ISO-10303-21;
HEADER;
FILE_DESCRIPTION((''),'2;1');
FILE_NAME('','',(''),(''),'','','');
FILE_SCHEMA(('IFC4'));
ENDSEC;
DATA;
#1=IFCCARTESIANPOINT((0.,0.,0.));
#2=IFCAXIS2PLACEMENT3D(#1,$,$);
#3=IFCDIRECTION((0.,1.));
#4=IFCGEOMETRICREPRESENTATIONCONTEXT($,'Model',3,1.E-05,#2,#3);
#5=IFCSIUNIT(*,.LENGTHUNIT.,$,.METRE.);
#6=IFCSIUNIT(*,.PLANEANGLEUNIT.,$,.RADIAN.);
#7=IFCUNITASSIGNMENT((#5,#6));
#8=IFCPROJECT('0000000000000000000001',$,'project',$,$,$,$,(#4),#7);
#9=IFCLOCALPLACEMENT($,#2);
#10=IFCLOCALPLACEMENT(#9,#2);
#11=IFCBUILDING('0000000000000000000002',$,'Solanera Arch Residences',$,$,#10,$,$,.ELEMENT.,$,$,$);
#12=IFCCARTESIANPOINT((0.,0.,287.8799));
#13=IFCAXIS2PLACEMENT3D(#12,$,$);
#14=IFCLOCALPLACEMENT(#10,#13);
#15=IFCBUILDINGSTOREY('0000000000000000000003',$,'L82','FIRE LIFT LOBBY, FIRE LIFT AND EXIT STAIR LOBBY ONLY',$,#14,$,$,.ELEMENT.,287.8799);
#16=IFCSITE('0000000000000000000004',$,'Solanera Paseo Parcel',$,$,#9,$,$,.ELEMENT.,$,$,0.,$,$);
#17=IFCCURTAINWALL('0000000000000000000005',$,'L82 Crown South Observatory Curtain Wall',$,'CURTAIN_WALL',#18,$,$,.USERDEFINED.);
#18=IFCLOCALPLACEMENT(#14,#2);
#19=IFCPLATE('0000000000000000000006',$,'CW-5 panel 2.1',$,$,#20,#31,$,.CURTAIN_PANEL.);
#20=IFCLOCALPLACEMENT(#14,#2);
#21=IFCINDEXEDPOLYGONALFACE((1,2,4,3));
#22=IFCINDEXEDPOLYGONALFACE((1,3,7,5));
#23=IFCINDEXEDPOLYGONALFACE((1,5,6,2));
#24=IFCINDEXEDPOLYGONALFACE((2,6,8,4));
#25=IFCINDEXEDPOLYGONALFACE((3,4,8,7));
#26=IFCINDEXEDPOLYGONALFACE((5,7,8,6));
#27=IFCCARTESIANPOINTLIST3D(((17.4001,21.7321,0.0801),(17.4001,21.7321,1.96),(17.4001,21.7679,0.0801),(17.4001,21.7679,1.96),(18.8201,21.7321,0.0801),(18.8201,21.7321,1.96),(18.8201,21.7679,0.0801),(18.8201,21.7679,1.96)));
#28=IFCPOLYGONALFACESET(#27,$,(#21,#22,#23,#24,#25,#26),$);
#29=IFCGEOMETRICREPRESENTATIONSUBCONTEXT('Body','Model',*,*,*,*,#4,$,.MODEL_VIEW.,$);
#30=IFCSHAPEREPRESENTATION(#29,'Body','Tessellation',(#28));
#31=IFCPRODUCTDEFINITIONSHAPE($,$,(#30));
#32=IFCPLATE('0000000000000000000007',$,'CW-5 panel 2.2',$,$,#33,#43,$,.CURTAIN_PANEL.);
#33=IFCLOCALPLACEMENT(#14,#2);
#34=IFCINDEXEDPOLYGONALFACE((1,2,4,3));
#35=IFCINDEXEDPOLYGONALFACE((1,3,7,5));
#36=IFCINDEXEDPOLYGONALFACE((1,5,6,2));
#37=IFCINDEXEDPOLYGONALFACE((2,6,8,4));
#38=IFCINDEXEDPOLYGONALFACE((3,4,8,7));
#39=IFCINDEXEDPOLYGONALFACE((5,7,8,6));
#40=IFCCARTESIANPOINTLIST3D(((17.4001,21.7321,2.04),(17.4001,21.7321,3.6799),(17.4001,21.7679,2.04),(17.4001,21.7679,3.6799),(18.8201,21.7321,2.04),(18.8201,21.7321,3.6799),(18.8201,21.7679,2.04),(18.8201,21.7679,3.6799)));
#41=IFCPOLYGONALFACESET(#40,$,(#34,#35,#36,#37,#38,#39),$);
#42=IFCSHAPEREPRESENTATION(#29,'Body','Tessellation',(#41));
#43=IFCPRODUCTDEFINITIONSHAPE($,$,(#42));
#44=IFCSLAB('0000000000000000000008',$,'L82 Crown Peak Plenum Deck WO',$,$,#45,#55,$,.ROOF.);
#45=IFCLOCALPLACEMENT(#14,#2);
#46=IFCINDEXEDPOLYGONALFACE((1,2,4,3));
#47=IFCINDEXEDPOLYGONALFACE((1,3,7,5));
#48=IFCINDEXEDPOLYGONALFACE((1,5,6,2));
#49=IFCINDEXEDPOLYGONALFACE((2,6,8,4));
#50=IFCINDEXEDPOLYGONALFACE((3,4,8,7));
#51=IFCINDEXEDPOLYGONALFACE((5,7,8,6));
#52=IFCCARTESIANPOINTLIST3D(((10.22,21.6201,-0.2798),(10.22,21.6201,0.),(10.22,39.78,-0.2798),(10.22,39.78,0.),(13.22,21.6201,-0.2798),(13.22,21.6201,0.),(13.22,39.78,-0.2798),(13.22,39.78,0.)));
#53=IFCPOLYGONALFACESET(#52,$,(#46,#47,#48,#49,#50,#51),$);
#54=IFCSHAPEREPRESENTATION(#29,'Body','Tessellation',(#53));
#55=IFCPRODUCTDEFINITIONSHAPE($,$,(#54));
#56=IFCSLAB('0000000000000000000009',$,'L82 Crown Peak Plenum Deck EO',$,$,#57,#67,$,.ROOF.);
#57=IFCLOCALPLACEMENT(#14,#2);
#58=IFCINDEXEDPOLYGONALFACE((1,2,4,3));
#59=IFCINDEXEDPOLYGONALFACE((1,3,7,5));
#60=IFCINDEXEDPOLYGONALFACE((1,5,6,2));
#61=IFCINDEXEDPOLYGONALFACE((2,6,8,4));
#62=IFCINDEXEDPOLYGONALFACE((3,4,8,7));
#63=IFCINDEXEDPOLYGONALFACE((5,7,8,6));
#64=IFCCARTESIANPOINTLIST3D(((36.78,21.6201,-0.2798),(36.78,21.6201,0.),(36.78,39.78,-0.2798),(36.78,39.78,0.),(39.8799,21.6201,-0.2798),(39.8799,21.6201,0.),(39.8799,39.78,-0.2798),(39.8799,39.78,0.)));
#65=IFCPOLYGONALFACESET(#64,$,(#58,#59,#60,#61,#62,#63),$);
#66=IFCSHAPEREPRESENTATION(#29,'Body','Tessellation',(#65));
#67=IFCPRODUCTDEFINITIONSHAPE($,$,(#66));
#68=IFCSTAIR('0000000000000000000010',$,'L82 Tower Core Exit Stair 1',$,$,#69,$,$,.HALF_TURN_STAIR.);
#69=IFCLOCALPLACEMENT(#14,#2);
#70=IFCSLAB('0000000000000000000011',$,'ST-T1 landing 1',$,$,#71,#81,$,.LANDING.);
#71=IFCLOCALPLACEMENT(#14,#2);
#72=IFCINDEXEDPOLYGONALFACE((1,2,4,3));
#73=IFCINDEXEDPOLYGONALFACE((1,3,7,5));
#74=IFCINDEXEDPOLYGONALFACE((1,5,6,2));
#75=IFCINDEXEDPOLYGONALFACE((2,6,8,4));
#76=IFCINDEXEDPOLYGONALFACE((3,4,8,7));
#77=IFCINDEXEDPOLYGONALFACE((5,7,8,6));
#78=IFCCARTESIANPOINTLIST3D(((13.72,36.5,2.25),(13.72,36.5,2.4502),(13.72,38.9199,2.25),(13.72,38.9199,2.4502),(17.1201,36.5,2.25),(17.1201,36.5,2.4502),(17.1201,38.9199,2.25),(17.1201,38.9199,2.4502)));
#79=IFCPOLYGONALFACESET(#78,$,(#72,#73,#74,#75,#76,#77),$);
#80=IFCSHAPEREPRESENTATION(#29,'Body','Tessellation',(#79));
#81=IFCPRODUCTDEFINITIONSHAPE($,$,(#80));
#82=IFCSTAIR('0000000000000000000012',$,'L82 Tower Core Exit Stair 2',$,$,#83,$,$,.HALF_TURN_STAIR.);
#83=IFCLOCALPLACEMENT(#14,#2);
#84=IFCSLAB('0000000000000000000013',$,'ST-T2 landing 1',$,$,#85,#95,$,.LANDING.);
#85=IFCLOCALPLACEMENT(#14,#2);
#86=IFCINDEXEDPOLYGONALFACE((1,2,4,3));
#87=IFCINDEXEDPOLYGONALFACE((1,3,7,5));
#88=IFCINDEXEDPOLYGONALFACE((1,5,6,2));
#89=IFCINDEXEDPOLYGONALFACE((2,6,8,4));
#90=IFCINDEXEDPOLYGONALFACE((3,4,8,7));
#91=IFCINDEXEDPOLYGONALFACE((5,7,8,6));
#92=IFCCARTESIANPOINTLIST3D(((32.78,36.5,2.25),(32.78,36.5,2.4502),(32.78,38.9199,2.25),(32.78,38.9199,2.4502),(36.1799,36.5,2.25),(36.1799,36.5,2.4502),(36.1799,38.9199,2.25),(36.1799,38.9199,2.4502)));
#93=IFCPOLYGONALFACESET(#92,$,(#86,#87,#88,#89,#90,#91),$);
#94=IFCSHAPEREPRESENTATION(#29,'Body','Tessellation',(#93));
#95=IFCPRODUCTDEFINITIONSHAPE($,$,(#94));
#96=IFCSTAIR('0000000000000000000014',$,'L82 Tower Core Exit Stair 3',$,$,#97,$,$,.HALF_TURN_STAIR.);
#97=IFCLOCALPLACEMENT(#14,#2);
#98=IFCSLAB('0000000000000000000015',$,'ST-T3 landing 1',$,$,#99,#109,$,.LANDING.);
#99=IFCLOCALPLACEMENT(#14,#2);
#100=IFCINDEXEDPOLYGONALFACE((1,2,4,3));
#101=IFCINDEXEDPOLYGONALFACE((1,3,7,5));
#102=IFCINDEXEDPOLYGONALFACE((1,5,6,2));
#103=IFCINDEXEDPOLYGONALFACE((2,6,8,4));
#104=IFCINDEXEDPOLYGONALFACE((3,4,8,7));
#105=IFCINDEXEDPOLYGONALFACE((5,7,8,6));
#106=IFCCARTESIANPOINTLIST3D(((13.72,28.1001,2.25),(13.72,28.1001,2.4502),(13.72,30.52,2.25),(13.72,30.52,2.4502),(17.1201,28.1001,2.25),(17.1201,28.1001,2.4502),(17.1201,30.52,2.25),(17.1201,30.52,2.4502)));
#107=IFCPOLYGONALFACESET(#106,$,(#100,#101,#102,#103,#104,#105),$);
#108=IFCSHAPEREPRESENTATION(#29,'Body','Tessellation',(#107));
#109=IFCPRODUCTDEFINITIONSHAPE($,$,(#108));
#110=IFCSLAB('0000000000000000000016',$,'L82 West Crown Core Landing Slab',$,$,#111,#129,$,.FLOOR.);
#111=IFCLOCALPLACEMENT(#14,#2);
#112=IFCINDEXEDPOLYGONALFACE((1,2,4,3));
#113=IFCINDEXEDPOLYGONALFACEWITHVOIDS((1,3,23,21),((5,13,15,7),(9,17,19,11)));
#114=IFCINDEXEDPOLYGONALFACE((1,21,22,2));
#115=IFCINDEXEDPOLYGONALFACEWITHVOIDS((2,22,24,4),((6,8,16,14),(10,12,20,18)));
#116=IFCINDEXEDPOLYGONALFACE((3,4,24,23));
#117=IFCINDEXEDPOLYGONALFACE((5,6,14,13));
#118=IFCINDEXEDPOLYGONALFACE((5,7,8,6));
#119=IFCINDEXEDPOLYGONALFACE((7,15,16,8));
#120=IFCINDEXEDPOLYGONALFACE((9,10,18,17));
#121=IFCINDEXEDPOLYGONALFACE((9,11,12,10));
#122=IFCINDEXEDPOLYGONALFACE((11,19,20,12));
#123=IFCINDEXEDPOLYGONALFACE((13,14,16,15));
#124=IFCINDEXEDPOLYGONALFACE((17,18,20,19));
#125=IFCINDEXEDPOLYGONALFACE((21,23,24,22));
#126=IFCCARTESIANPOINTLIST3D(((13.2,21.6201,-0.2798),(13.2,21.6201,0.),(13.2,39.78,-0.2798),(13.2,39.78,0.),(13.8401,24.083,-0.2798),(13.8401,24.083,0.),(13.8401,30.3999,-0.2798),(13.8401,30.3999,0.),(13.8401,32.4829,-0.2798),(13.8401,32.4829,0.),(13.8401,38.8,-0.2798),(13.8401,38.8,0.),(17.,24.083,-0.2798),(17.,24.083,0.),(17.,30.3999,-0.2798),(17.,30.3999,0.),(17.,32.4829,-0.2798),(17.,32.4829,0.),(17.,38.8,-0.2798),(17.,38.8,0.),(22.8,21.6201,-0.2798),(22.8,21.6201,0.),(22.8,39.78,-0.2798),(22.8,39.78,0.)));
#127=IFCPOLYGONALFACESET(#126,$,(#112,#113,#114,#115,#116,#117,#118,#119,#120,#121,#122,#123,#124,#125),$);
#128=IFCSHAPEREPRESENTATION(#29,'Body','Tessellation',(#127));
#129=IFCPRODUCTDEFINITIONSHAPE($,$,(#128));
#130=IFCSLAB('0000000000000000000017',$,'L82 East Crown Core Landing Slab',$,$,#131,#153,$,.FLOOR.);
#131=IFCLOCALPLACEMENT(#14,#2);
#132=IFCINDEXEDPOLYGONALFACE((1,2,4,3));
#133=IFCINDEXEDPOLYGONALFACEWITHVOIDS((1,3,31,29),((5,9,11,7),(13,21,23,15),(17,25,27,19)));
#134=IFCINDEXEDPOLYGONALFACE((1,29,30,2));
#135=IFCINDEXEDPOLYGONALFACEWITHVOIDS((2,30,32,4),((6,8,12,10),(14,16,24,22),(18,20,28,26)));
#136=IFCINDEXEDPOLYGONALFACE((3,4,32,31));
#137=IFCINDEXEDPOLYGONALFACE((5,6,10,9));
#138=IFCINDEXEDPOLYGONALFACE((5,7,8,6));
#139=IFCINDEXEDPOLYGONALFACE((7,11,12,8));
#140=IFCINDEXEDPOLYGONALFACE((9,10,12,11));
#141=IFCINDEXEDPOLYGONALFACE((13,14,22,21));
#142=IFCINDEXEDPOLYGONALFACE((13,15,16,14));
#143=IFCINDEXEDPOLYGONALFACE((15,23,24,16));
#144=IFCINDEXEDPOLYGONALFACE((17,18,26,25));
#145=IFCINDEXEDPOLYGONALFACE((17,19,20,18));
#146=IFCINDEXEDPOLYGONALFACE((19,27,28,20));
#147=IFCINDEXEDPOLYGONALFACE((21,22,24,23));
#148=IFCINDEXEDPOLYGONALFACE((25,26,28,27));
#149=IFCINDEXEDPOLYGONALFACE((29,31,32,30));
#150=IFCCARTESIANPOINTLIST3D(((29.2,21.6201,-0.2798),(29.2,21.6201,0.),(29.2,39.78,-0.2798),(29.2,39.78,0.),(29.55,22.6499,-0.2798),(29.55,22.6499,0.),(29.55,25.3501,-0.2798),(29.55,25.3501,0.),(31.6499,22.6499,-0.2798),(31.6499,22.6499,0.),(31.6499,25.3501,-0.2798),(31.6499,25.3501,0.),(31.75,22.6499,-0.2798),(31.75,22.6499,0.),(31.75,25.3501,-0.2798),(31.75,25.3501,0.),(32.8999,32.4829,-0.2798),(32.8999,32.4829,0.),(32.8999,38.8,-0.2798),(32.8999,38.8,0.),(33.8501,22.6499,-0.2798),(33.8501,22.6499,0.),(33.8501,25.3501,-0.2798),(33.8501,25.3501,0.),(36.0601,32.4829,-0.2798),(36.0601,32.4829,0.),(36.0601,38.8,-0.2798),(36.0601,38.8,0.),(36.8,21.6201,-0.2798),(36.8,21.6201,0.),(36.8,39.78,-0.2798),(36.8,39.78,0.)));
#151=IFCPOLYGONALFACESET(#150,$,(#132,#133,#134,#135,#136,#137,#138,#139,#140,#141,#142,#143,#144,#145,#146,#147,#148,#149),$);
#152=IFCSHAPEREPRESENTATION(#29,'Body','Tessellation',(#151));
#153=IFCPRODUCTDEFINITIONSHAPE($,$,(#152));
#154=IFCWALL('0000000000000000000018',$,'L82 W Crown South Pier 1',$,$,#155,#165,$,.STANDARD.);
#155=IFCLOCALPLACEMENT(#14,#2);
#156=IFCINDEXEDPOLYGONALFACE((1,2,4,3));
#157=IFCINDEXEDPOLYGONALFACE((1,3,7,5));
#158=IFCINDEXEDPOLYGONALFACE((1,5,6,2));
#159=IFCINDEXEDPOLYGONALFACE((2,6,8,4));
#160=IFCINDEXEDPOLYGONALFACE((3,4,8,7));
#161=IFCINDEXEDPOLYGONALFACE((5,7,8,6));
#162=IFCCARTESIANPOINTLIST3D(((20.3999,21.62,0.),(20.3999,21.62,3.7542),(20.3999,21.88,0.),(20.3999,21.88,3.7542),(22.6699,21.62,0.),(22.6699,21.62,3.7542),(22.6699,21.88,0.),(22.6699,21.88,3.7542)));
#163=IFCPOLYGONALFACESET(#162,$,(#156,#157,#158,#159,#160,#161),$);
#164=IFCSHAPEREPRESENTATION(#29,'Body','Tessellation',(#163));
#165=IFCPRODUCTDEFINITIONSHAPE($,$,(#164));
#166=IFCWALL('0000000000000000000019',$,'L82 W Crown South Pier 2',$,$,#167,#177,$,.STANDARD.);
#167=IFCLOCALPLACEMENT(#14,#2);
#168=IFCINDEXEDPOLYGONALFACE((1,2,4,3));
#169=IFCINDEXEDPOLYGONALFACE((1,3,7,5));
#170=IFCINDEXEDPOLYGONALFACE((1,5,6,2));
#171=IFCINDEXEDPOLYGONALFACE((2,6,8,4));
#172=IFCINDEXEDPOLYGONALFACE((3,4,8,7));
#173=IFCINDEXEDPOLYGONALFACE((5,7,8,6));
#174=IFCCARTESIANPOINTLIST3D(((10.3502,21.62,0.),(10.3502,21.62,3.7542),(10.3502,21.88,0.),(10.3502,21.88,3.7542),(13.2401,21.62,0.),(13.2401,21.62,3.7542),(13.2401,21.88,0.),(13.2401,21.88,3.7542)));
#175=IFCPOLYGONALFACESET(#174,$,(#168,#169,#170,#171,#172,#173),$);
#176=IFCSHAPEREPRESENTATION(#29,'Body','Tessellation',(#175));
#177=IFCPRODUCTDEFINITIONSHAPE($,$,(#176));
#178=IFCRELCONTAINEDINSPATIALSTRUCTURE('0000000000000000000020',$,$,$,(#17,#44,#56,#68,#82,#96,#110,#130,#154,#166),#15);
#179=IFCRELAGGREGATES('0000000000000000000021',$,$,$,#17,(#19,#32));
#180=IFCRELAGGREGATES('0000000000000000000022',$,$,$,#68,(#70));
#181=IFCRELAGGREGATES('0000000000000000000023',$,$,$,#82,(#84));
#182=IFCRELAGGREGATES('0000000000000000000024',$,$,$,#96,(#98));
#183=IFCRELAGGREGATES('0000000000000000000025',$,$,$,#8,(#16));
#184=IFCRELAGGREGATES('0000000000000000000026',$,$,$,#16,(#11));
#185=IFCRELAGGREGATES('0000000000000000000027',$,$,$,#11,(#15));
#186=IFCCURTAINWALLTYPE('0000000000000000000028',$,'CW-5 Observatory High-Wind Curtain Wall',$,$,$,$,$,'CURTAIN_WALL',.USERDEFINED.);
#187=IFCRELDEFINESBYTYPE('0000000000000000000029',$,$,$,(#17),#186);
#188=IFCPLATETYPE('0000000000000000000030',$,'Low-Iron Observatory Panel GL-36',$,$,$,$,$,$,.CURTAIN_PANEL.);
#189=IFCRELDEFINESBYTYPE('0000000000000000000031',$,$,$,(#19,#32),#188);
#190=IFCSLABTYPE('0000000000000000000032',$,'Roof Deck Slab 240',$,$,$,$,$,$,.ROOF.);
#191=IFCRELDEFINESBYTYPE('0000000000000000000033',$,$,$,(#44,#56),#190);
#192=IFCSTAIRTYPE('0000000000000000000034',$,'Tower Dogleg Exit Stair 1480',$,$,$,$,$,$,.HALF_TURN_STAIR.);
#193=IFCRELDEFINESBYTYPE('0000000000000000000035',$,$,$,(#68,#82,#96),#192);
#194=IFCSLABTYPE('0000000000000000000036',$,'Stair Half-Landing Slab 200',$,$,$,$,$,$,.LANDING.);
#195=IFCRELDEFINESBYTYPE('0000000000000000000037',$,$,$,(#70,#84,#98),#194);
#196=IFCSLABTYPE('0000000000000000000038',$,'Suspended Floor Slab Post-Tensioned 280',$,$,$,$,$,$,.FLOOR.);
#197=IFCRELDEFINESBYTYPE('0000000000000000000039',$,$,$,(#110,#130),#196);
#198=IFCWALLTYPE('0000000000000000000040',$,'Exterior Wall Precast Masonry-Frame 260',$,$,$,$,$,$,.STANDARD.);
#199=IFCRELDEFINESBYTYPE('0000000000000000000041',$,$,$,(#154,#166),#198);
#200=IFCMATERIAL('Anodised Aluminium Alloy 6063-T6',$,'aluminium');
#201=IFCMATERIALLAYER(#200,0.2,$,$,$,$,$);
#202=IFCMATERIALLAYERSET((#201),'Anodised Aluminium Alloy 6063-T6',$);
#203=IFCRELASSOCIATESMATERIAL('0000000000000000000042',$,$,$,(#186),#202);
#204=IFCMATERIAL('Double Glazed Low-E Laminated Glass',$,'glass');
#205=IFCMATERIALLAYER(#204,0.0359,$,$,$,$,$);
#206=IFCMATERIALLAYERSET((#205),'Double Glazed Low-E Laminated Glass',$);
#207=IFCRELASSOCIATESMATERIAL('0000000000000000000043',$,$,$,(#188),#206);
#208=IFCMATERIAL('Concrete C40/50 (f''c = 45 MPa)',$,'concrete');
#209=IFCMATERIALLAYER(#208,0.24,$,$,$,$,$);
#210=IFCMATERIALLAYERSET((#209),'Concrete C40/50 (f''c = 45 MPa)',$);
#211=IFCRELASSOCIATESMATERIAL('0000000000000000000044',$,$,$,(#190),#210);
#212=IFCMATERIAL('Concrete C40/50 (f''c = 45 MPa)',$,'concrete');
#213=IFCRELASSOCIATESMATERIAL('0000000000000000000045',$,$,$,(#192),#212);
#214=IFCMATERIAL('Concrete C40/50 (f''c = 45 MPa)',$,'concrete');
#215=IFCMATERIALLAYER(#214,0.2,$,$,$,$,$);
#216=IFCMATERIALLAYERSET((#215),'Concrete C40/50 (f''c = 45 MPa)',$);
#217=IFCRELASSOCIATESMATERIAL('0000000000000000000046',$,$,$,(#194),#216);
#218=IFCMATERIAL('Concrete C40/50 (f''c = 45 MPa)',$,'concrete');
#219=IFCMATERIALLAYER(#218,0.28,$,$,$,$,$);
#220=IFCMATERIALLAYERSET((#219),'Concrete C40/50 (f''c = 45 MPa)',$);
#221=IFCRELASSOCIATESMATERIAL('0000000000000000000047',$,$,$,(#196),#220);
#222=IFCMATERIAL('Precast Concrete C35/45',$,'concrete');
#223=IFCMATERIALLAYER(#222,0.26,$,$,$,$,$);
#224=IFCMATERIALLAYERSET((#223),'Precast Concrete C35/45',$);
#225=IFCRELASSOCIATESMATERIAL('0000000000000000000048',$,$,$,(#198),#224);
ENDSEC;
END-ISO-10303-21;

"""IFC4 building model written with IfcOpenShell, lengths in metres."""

from ifc_helpers import new_model, si_unit, direction, frame, frame_2d, origin, origin_2d, place, context, subcontext, project, spatial, polyline, rectangle, outline, extrude, material, layer, layer_set, type_object, element, aggregate, save


model = new_model("IFC4")

# Units and contexts
model_context = context("Model", 3, precision=1e-05, world=origin(), true_north=direction((0.0, 1.0)))
body_context = subcontext(model_context, "Body", "Model", "MODEL_VIEW")
ifc_project = project(units=[si_unit("LENGTHUNIT", "METRE"), si_unit("PLANEANGLEUNIT", "RADIAN")], contexts=[model_context])

# Site, building, storey
site_placement = place(None, origin())
site = spatial("IfcSite", under=ifc_project, at=site_placement, Name="Solanera Paseo Parcel", CompositionType="ELEMENT", RefElevation=0.0)
building_placement = place(site_placement, origin())
building = spatial("IfcBuilding", under=site, at=building_placement, Name="Solanera Arch Residences", CompositionType="ELEMENT")
storey_placement = place(building_placement, frame((0.0, 0.0, 287.8799)))
storey = spatial("IfcBuildingStorey", under=building, at=storey_placement, Name="L82", Description="FIRE LIFT LOBBY, FIRE LIFT AND EXIT STAIR LOBBY ONLY", CompositionType="ELEMENT", Elevation=287.8799)

# Curtain wall, plates
ifc_material_1 = material(Name="Anodised Aluminium Alloy 6063-T6", Category="aluminium")
ifc_layer_1 = layer(ifc_material_1, 0.2)
ifc_layer_set_1 = layer_set([ifc_layer_1], Name="Anodised Aluminium Alloy 6063-T6")
curtain_wall_type = type_object("IfcCurtainWallType", Name="CW-5 Observatory High-Wind Curtain Wall", ElementType="CURTAIN_WALL", PredefinedType="USERDEFINED", material=ifc_layer_set_1)
curtain_wall_placement = place(storey_placement, origin())
curtain_wall = element("IfcCurtainWall", 1, at=curtain_wall_placement, inside=storey, type_object=curtain_wall_type, Name="L82 Crown South Observatory Curtain Wall", ObjectType="CURTAIN_WALL", PredefinedType="USERDEFINED")
ifc_material_2 = material(Name="Double Glazed Low-E Laminated Glass", Category="glass")
ifc_layer_2 = layer(ifc_material_2, 0.0359)
ifc_layer_set_2 = layer_set([ifc_layer_2], Name="Double Glazed Low-E Laminated Glass")
plate_type = type_object("IfcPlateType", Name="Low-Iron Observatory Panel GL-36", PredefinedType="CURTAIN_PANEL", material=ifc_layer_set_2)
plate_1_placement = place(storey_placement, frame((18.1101, 21.75, 0.0801), z_axis=(0.0, 0.0, 1.0), x_axis=(-1.0, 0.0, 0.0)))
plate_1 = element("IfcPlate", 2, at=plate_1_placement, type_object=plate_type, Name="CW-5 panel 2.1", PredefinedType="CURTAIN_PANEL", context=body_context, shape_type="SweptSolid", body=[
    extrude(rectangle(XDim=1.4199, YDim=0.0359, at=origin_2d()), origin(), (0.0, 0.0, 1.0), 1.8799),
])
plate_2_placement = place(storey_placement, frame((18.1101, 21.75, 2.04), z_axis=(0.0, 0.0, 1.0), x_axis=(-1.0, 0.0, 0.0)))
plate_2 = element("IfcPlate", 3, at=plate_2_placement, type_object=plate_type, Name="CW-5 panel 2.2", PredefinedType="CURTAIN_PANEL", context=body_context, shape_type="SweptSolid", body=[
    extrude(rectangle(XDim=1.4199, YDim=0.0359, at=origin_2d()), origin(), (0.0, 0.0, 1.0), 1.6399),
])
aggregate(curtain_wall, [plate_1, plate_2])

# Slabs
ifc_material_3 = material(Name="Concrete C40/50 (f'c = 45 MPa)", Category="concrete")
ifc_layer_3 = layer(ifc_material_3, 0.24)
ifc_layer_set_3 = layer_set([ifc_layer_3], Name="Concrete C40/50 (f'c = 45 MPa)")
slab_type_1 = type_object("IfcSlabType", Name="Roof Deck Slab 240", PredefinedType="ROOF", material=ifc_layer_set_3)
slab_1_placement = place(storey_placement, frame((0.0, 0.0, -0.2798)))
element("IfcSlab", 4, at=slab_1_placement, inside=storey, type_object=slab_type_1, Name="L82 Crown Peak Plenum Deck WO", PredefinedType="ROOF", context=body_context, shape_type="SweptSolid", body=[
    extrude(outline(polyline([(13.22, 21.6201), (13.22, 39.78), (10.22, 39.78), (10.22, 21.6201), (13.22, 21.6201)])), origin(), (0.0, 0.0, 1.0), 0.2798),
])
slab_2_placement = place(storey_placement, frame((0.0, 0.0, -0.2798)))
element("IfcSlab", 5, at=slab_2_placement, inside=storey, type_object=slab_type_1, Name="L82 Crown Peak Plenum Deck EO", PredefinedType="ROOF", context=body_context, shape_type="SweptSolid", body=[
    extrude(outline(polyline([(39.8799, 21.6201), (39.8799, 39.78), (36.78, 39.78), (36.78, 21.6201), (39.8799, 21.6201)])), origin(), (0.0, 0.0, 1.0), 0.2798),
])

# Stairs, slabs
ifc_material_4 = material(Name="Concrete C40/50 (f'c = 45 MPa)", Category="concrete")
stair_type = type_object("IfcStairType", Name="Tower Dogleg Exit Stair 1480", PredefinedType="HALF_TURN_STAIR", material=ifc_material_4)
stair_1_placement = place(storey_placement, origin())
stair_1 = element("IfcStair", 6, at=stair_1_placement, inside=storey, type_object=stair_type, Name="L82 Tower Core Exit Stair 1", PredefinedType="HALF_TURN_STAIR")
ifc_material_5 = material(Name="Concrete C40/50 (f'c = 45 MPa)", Category="concrete")
ifc_layer_4 = layer(ifc_material_5, 0.2)
ifc_layer_set_4 = layer_set([ifc_layer_4], Name="Concrete C40/50 (f'c = 45 MPa)")
slab_type_2 = type_object("IfcSlabType", Name="Stair Half-Landing Slab 200", PredefinedType="LANDING", material=ifc_layer_set_4)
slab_3_placement = place(storey_placement, frame((0.0, 0.0, 2.25)))
slab_3 = element("IfcSlab", 7, at=slab_3_placement, type_object=slab_type_2, Name="ST-T1 landing 1", PredefinedType="LANDING", context=body_context, shape_type="SweptSolid", body=[
    extrude(outline(polyline([(17.1201, 36.5), (17.1201, 38.9199), (13.72, 38.9199), (13.72, 36.5), (17.1201, 36.5)])), origin(), (0.0, 0.0, 1.0), 0.2002),
])
aggregate(stair_1, [slab_3])
stair_2_placement = place(storey_placement, origin())
stair_2 = element("IfcStair", 8, at=stair_2_placement, inside=storey, type_object=stair_type, Name="L82 Tower Core Exit Stair 2", PredefinedType="HALF_TURN_STAIR")
slab_4_placement = place(storey_placement, frame((0.0, 0.0, 2.25)))
slab_4 = element("IfcSlab", 9, at=slab_4_placement, type_object=slab_type_2, Name="ST-T2 landing 1", PredefinedType="LANDING", context=body_context, shape_type="SweptSolid", body=[
    extrude(outline(polyline([(36.1799, 36.5), (36.1799, 38.9199), (32.78, 38.9199), (32.78, 36.5), (36.1799, 36.5)])), origin(), (0.0, 0.0, 1.0), 0.2002),
])
aggregate(stair_2, [slab_4])
stair_3_placement = place(storey_placement, origin())
stair_3 = element("IfcStair", 10, at=stair_3_placement, inside=storey, type_object=stair_type, Name="L82 Tower Core Exit Stair 3", PredefinedType="HALF_TURN_STAIR")
slab_5_placement = place(storey_placement, frame((0.0, 0.0, 2.25)))
slab_5 = element("IfcSlab", 11, at=slab_5_placement, type_object=slab_type_2, Name="ST-T3 landing 1", PredefinedType="LANDING", context=body_context, shape_type="SweptSolid", body=[
    extrude(outline(polyline([(17.1201, 28.1001), (17.1201, 30.52), (13.72, 30.52), (13.72, 28.1001), (17.1201, 28.1001)])), origin(), (0.0, 0.0, 1.0), 0.2002),
])
aggregate(stair_3, [slab_5])

# Slabs
ifc_material_6 = material(Name="Concrete C40/50 (f'c = 45 MPa)", Category="concrete")
ifc_layer_5 = layer(ifc_material_6, 0.28)
ifc_layer_set_5 = layer_set([ifc_layer_5], Name="Concrete C40/50 (f'c = 45 MPa)")
slab_type_3 = type_object("IfcSlabType", Name="Suspended Floor Slab Post-Tensioned 280", PredefinedType="FLOOR", material=ifc_layer_set_5)
slab_6_placement = place(storey_placement, frame((0.0, 0.0, -0.2798)))
element("IfcSlab", 12, at=slab_6_placement, inside=storey, type_object=slab_type_3, Name="L82 West Crown Core Landing Slab", PredefinedType="FLOOR", context=body_context, shape_type="SweptSolid", body=[
    extrude(outline(polyline([(22.8, 21.6201), (22.8, 39.78), (13.2, 39.78), (13.2, 21.6201), (22.8, 21.6201)]), holes=[polyline([(13.8401, 32.4829), (13.8401, 38.8), (17.0, 38.8), (17.0, 32.4829), (13.8401, 32.4829)]), polyline([(13.8401, 24.083), (13.8401, 30.3999), (17.0, 30.3999), (17.0, 24.083), (13.8401, 24.083)])]), origin(), (0.0, 0.0, 1.0), 0.2798),
])
slab_7_placement = place(storey_placement, frame((0.0, 0.0, -0.2798)))
element("IfcSlab", 13, at=slab_7_placement, inside=storey, type_object=slab_type_3, Name="L82 East Crown Core Landing Slab", PredefinedType="FLOOR", context=body_context, shape_type="SweptSolid", body=[
    extrude(outline(polyline([(36.8, 21.6201), (36.8, 39.78), (29.2, 39.78), (29.2, 21.6201), (36.8, 21.6201)]), holes=[polyline([(32.8999, 32.4829), (32.8999, 38.8), (36.0601, 38.8), (36.0601, 32.4829), (32.8999, 32.4829)]), polyline([(29.55, 25.3501), (31.6499, 25.3501), (31.6499, 22.6499), (29.55, 22.6499), (29.55, 25.3501)]), polyline([(31.75, 25.3501), (33.8501, 25.3501), (33.8501, 22.6499), (31.75, 22.6499), (31.75, 25.3501)])]), origin(), (0.0, 0.0, 1.0), 0.2798),
])

# Walls
ifc_material_7 = material(Name="Precast Concrete C35/45", Category="concrete")
ifc_layer_6 = layer(ifc_material_7, 0.26)
ifc_layer_set_6 = layer_set([ifc_layer_6], Name="Precast Concrete C35/45")
wall_type = type_object("IfcWallType", Name="Exterior Wall Precast Masonry-Frame 260", PredefinedType="STANDARD", material=ifc_layer_set_6)
wall_1_placement = place(storey_placement, frame((22.6699, 21.75, 0.0), z_axis=(0.0, 0.0, 1.0), x_axis=(-1.0, 0.0, 0.0)))
element("IfcWall", 14, at=wall_1_placement, inside=storey, type_object=wall_type, Name="L82 W Crown South Pier 1", PredefinedType="STANDARD", context=body_context, shape_type="SweptSolid", body=[
    extrude(rectangle(XDim=2.27, YDim=0.26, at=frame_2d((1.135, 0.0))), origin(), (0.0, 0.0, 1.0), 3.7542),
])
wall_2_placement = place(storey_placement, frame((13.24, 21.75, 0.0), z_axis=(0.0, 0.0, 1.0), x_axis=(-1.0, 0.0, 0.0)))
element("IfcWall", 15, at=wall_2_placement, inside=storey, type_object=wall_type, Name="L82 W Crown South Pier 2", PredefinedType="STANDARD", context=body_context, shape_type="SweptSolid", body=[
    extrude(rectangle(XDim=2.8899, YDim=0.26, at=frame_2d((1.4448, 0.0))), origin(), (0.0, 0.0, 1.0), 3.7542),
])

save(model, "model.ifc")
